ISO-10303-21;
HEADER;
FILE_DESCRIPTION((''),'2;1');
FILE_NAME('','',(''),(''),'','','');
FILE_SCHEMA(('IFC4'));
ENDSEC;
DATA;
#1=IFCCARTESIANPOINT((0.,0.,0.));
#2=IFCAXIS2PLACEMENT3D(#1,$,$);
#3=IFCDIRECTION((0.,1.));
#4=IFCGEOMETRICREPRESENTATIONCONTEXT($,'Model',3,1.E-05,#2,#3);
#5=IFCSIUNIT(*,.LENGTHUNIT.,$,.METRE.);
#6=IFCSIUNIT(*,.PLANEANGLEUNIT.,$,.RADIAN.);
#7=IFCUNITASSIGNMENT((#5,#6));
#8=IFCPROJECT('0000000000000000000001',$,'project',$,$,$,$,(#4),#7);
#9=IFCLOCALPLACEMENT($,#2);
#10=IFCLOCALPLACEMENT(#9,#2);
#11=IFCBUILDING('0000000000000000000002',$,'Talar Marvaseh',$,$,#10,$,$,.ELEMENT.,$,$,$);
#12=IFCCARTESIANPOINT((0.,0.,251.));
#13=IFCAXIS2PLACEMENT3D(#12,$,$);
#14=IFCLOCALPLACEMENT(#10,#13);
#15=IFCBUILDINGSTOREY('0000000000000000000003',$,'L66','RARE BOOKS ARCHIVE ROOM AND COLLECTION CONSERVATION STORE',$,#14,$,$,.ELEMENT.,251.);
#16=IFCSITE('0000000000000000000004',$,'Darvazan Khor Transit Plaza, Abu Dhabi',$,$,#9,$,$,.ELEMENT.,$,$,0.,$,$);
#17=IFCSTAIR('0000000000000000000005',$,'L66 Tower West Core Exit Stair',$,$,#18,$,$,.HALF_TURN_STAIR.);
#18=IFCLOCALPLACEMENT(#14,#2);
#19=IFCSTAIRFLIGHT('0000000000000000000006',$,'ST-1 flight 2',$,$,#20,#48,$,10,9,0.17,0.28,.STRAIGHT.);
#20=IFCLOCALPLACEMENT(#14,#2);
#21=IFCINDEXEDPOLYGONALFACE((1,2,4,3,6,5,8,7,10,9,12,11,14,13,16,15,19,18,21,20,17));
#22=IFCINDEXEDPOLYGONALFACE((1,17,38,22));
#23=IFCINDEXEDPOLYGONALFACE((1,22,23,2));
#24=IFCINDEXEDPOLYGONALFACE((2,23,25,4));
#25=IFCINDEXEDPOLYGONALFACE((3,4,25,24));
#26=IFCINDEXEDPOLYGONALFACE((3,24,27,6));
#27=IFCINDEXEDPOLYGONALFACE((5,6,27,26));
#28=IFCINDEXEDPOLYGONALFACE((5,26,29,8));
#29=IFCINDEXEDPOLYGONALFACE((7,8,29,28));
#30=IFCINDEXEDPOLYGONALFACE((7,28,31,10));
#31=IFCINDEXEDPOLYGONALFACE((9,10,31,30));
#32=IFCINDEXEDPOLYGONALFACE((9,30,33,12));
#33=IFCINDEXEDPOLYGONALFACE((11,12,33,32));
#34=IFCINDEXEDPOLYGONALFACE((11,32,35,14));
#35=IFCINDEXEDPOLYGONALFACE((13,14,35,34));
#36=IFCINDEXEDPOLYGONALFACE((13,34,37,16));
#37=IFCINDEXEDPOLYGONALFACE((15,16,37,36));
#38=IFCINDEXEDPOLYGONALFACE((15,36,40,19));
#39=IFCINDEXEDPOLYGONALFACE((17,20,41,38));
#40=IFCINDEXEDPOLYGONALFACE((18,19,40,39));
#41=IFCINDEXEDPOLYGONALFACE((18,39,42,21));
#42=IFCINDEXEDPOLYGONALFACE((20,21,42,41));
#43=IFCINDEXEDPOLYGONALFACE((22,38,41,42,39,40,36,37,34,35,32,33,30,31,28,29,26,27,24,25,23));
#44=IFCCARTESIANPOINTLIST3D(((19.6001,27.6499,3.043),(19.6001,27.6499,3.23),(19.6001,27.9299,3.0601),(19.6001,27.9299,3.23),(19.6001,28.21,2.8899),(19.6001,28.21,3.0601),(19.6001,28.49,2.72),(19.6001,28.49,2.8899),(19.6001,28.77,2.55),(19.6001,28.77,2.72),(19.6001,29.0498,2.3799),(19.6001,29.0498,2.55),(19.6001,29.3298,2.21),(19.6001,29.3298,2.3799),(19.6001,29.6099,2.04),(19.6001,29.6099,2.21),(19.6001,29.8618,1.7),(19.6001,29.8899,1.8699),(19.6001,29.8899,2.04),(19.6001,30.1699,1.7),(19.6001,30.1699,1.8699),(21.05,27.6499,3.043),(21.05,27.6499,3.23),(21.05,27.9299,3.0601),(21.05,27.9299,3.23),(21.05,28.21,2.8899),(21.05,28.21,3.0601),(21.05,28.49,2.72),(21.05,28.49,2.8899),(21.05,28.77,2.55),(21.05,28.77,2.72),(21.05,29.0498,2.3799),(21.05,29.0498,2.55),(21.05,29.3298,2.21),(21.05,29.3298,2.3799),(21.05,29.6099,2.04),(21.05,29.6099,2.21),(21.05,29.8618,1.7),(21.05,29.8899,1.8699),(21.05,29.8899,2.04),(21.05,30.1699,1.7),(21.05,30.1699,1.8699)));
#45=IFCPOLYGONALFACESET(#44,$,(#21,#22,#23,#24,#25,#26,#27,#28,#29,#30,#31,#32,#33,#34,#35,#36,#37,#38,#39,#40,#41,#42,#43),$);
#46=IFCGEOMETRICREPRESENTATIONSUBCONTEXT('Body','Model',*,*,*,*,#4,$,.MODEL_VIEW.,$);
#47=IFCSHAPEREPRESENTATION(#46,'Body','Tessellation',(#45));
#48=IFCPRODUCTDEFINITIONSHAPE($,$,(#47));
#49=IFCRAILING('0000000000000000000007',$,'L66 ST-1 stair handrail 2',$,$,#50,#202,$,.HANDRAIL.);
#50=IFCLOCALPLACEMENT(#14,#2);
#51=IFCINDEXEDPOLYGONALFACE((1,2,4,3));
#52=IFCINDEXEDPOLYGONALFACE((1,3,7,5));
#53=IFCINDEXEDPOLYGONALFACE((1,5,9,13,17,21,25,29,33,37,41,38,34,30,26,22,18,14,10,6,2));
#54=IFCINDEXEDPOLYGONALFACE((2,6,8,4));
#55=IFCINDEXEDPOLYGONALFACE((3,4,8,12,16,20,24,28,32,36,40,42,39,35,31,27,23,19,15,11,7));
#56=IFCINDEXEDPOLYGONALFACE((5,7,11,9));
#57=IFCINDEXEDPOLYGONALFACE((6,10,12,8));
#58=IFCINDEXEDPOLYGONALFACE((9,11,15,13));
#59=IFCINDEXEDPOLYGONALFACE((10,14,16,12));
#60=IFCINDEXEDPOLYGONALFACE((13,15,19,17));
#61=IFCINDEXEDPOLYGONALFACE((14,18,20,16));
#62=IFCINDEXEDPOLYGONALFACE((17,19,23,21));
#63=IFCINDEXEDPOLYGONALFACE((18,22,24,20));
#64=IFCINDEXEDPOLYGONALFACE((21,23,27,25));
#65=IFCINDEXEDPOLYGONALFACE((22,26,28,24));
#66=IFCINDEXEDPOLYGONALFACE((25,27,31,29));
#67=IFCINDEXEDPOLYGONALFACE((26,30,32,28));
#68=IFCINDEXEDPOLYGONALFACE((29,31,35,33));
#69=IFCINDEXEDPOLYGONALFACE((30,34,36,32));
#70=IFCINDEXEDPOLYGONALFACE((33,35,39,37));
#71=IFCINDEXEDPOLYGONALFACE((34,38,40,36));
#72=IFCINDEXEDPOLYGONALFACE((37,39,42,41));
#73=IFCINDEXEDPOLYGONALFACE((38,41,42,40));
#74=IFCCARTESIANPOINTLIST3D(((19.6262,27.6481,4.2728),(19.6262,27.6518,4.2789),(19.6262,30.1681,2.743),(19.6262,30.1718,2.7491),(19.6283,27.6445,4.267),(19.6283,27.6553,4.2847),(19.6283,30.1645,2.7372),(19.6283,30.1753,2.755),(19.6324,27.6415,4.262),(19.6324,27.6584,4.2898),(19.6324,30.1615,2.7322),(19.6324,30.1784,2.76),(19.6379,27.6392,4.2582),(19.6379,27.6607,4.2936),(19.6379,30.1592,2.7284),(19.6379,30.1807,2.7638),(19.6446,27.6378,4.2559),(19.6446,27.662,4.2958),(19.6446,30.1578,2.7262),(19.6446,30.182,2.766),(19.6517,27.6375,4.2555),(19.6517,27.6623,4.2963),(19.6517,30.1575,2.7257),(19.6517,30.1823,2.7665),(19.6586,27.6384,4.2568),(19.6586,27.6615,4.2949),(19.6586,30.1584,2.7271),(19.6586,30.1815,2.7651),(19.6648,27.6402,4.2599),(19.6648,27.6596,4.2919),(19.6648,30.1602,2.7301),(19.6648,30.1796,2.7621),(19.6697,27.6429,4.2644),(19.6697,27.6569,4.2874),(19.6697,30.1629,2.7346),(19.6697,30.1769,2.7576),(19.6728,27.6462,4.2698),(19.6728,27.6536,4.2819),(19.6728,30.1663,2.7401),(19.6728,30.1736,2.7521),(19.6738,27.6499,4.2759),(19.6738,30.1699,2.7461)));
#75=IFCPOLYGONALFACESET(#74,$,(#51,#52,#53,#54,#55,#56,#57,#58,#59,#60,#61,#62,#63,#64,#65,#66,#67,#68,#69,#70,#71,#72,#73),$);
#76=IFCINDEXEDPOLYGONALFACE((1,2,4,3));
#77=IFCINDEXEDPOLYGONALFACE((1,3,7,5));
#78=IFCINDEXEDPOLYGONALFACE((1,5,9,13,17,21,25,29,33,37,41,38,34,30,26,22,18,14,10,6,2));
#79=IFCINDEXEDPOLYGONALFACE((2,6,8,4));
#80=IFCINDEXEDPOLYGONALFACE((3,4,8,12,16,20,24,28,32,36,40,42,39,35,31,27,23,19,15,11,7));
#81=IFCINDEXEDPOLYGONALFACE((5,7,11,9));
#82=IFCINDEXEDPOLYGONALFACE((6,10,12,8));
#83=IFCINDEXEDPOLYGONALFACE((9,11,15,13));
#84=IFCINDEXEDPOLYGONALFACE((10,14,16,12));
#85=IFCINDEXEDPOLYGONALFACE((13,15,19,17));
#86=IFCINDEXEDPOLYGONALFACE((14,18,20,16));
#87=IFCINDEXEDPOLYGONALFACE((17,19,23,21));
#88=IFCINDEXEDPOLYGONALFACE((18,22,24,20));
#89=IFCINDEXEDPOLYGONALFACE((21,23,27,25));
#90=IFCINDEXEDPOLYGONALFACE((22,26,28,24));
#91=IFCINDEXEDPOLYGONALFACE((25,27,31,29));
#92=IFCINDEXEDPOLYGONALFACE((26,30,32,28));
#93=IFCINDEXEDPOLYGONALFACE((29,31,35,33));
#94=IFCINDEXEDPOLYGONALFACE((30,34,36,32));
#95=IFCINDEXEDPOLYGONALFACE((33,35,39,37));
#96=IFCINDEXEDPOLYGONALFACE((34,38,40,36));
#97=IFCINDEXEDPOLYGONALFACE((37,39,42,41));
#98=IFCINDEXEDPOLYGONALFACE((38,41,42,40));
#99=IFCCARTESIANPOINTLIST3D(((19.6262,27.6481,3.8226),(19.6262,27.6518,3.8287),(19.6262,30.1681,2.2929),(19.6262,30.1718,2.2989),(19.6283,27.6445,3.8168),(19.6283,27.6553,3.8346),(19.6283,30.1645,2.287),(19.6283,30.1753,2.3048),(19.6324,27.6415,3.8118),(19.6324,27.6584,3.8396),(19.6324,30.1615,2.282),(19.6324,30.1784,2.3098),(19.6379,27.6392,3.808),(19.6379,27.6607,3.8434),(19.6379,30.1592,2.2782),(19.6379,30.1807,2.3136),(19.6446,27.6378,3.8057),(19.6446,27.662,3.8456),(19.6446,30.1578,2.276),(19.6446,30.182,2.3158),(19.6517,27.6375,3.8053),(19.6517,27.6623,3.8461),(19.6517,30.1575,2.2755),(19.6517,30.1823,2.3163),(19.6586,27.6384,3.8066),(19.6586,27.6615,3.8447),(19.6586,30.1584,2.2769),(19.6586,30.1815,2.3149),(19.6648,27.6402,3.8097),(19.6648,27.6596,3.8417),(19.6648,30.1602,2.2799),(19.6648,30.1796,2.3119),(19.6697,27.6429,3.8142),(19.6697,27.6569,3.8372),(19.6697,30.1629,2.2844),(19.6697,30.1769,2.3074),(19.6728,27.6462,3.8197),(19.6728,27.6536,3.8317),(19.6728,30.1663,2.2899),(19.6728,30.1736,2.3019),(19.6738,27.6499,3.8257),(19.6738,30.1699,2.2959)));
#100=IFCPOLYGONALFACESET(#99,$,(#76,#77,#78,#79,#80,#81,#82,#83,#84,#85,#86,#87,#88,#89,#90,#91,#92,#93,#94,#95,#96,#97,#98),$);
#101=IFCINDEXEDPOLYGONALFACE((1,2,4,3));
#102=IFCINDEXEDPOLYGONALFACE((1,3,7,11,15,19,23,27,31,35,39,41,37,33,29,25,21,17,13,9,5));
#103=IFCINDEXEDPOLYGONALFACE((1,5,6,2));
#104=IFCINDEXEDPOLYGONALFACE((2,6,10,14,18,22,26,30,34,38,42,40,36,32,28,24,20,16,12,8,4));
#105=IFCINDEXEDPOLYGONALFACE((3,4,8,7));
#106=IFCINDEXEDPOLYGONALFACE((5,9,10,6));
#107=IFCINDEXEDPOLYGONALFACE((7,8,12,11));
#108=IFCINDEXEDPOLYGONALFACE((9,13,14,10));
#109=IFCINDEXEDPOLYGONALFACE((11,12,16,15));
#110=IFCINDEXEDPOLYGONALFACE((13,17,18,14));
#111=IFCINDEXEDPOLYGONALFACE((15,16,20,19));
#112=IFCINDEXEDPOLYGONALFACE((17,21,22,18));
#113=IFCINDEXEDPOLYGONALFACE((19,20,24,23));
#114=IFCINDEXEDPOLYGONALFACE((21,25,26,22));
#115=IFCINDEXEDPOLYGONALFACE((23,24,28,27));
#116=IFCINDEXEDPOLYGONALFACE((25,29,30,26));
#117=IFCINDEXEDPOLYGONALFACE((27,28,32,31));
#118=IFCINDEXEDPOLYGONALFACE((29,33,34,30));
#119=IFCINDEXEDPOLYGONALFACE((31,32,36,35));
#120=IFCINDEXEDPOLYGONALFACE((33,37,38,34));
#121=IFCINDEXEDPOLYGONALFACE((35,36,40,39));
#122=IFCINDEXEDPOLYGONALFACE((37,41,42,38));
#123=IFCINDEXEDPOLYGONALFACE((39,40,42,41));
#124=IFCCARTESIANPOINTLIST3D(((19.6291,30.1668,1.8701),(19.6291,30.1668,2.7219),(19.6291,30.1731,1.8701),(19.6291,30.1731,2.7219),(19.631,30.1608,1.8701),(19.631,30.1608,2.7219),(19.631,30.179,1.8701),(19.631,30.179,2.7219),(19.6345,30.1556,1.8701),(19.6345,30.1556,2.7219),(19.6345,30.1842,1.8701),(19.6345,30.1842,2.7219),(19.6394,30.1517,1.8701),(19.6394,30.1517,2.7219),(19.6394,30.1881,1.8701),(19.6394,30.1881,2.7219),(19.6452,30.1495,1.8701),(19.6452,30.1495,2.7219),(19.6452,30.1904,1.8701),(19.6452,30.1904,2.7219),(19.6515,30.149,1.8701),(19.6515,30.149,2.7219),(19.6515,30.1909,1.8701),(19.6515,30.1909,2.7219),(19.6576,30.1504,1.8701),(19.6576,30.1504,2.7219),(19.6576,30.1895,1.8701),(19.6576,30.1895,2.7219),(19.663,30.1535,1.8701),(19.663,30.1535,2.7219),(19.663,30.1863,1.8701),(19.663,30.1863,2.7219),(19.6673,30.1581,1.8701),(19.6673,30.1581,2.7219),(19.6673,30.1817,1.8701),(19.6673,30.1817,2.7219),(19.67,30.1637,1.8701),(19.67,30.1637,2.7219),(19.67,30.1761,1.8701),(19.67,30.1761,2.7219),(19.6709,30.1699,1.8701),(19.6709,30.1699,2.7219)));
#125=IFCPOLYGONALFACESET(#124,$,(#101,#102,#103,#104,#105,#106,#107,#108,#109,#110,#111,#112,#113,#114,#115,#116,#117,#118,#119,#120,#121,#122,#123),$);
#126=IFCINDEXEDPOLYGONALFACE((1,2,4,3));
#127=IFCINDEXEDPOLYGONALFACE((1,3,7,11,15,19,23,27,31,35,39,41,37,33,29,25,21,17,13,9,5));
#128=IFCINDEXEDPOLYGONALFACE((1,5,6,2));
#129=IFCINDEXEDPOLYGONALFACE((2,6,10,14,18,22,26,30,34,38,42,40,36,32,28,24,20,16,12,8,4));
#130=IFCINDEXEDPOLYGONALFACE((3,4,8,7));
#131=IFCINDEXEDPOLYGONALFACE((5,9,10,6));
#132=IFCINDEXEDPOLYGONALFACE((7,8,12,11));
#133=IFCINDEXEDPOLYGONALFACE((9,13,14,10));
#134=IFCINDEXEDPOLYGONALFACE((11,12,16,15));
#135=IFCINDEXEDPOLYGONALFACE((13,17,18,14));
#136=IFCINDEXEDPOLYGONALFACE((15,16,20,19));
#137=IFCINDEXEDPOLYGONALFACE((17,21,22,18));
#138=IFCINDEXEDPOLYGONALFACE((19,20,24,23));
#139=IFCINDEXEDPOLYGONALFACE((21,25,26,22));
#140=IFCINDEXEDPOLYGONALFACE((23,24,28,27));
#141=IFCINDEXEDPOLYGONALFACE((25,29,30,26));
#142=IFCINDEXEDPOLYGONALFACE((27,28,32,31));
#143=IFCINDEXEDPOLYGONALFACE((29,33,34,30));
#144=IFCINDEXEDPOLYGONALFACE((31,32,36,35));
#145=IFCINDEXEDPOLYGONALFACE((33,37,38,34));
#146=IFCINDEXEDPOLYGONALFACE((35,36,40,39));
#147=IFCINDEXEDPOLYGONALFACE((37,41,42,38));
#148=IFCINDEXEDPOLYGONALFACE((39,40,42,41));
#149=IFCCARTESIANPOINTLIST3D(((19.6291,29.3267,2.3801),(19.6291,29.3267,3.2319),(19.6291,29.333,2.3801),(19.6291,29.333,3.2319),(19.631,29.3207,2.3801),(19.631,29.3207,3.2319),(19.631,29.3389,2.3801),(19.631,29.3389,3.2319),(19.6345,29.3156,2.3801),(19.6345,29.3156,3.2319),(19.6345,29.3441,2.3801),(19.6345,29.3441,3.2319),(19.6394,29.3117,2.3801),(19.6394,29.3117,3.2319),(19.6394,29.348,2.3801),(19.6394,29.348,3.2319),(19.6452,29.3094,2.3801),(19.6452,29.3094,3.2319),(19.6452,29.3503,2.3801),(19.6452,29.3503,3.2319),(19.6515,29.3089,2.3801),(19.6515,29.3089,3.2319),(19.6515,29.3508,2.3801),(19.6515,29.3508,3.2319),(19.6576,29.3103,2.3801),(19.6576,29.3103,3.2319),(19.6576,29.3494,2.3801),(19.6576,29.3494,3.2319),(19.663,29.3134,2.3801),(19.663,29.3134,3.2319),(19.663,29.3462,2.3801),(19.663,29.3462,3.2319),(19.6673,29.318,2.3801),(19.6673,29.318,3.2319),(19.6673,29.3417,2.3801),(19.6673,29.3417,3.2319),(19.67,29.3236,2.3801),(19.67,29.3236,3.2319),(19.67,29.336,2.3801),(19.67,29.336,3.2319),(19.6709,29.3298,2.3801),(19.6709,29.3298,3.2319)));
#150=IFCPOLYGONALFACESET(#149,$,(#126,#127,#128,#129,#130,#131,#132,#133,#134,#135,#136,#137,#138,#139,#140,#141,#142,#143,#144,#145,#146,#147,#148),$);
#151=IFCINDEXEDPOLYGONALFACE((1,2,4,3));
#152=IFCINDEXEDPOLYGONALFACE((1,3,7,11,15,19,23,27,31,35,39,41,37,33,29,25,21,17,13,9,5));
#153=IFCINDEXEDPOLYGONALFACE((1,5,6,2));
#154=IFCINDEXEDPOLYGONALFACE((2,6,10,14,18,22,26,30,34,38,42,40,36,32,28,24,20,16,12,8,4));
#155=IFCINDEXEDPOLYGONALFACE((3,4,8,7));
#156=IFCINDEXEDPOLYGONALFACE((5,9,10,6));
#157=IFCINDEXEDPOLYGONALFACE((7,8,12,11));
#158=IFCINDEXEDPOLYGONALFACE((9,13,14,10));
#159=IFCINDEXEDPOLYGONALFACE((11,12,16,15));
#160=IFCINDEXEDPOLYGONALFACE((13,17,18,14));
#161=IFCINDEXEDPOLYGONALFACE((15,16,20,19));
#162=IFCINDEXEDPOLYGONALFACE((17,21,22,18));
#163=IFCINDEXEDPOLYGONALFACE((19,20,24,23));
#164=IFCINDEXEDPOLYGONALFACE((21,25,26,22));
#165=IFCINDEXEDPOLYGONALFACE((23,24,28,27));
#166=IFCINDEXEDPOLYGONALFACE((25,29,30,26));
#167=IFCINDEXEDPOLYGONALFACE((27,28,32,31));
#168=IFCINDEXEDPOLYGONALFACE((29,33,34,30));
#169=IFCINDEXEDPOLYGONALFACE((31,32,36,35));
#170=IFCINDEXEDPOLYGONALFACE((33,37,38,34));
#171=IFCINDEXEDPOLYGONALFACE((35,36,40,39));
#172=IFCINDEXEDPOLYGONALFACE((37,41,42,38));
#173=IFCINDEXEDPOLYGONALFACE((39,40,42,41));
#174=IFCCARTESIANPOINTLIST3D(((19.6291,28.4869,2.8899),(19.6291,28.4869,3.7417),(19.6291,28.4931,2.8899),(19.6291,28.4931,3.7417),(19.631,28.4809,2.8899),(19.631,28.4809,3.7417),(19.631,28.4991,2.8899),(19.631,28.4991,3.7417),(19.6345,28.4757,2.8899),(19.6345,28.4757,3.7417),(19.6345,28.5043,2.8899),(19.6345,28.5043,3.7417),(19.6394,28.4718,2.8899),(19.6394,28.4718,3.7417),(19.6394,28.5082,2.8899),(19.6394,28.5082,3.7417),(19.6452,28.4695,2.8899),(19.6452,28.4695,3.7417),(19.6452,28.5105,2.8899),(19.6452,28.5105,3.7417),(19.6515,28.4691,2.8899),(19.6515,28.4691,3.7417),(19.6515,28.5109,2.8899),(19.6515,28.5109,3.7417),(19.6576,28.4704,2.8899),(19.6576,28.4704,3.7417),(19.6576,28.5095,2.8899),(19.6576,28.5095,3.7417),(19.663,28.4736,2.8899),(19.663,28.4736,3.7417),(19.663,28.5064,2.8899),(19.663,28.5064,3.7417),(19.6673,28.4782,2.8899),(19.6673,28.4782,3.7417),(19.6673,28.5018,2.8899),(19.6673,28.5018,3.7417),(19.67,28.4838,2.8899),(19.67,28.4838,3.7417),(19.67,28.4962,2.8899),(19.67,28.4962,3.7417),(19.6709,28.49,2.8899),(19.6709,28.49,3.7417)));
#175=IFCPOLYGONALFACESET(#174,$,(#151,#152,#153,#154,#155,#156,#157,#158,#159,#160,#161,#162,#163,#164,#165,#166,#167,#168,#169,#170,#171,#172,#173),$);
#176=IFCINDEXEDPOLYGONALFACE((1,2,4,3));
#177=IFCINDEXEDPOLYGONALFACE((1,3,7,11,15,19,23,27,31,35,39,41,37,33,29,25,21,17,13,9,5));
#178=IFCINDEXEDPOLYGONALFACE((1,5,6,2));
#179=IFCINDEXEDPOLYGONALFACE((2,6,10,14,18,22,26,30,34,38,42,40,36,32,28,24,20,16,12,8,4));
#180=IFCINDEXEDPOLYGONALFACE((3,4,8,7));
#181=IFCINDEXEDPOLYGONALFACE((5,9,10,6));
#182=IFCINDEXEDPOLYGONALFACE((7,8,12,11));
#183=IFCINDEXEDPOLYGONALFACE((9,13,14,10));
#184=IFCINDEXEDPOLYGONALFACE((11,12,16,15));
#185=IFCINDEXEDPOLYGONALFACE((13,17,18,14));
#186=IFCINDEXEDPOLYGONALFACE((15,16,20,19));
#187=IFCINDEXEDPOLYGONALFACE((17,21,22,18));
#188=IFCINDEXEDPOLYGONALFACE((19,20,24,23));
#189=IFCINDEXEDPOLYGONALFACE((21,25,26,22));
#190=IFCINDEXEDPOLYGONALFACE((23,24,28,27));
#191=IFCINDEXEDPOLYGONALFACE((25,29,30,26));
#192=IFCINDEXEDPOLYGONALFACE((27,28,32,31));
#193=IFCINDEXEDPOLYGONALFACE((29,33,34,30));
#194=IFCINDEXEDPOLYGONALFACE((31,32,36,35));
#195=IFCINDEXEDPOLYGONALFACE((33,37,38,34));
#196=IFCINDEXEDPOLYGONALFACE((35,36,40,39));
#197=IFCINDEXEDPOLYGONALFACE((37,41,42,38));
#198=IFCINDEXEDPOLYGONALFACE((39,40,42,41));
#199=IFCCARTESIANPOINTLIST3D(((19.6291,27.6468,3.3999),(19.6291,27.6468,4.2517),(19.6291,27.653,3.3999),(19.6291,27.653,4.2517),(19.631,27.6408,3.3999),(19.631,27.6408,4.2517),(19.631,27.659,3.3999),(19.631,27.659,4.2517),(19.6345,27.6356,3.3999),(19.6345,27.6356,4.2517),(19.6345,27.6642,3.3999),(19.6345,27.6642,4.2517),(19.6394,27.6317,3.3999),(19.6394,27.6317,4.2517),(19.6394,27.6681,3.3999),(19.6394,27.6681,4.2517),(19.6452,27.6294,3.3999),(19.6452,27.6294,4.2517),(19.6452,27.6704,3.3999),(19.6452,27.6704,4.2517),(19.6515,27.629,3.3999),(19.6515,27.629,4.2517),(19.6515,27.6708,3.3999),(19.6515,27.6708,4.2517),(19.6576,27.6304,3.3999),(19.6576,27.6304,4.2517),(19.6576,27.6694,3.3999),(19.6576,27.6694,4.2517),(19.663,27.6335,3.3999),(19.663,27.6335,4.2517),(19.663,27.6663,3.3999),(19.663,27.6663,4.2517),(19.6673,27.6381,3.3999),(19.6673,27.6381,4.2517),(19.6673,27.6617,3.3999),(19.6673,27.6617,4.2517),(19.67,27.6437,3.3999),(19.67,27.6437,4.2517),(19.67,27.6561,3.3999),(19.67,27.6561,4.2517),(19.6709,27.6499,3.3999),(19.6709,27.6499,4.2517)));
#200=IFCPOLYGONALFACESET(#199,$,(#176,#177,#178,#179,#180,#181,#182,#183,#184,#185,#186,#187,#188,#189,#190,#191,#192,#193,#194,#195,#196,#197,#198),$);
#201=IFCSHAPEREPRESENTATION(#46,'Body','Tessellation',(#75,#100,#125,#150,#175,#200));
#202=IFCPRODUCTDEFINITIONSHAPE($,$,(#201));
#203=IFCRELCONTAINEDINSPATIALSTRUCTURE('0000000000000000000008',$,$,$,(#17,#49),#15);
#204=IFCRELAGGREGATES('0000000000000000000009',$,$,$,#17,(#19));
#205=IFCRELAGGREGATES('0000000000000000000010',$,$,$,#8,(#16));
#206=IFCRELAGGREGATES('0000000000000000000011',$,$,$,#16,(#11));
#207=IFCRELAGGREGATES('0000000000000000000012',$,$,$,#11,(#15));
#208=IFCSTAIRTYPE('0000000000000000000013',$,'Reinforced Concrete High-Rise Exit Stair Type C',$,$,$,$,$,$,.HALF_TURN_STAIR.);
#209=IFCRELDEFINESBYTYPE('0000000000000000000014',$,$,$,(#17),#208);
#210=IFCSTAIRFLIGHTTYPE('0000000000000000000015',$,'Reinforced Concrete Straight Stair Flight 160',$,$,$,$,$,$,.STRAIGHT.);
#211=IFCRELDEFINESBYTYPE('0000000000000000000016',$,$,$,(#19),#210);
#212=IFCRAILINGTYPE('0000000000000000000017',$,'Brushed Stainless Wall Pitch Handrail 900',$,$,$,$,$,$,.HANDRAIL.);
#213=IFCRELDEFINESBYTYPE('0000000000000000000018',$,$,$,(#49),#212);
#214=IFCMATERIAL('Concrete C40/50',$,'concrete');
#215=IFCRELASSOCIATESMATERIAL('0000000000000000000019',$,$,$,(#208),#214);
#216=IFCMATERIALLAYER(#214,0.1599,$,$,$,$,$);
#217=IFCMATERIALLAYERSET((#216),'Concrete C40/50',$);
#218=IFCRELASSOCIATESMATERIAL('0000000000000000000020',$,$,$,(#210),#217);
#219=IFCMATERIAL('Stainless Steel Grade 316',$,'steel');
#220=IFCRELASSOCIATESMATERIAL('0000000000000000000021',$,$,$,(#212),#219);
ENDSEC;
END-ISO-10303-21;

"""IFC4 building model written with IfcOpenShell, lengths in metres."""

from ifc_helpers import new_model, si_unit, direction, frame, origin, origin_2d, place, context, subcontext, project, spatial, polyline, circle, outline, extrude, material, layer, layer_set, type_object, element, aggregate, save


model = new_model("IFC4")

# Units and contexts
model_context = context("Model", 3, precision=1e-05, world=origin(), true_north=direction((0.0, 1.0)))
body_context = subcontext(model_context, "Body", "Model", "MODEL_VIEW")
ifc_project = project(units=[si_unit("LENGTHUNIT", "METRE"), si_unit("PLANEANGLEUNIT", "RADIAN")], contexts=[model_context])

# Site, building, storey
site_placement = place(None, origin())
site = spatial("IfcSite", under=ifc_project, at=site_placement, Name="Darvazan Khor Transit Plaza, Abu Dhabi", CompositionType="ELEMENT", RefElevation=0.0)
building_placement = place(site_placement, origin())
building = spatial("IfcBuilding", under=site, at=building_placement, Name="Talar Marvaseh", CompositionType="ELEMENT")
storey_placement = place(building_placement, frame((0.0, 0.0, 251.0)))
storey = spatial("IfcBuildingStorey", under=building, at=storey_placement, Name="L66", Description="RARE BOOKS ARCHIVE ROOM AND COLLECTION CONSERVATION STORE", CompositionType="ELEMENT", Elevation=251.0)

# Stair, stair flight
ifc_material_1 = material(Name="Concrete C40/50", Category="concrete")
stair_type = type_object("IfcStairType", Name="Reinforced Concrete High-Rise Exit Stair Type C", PredefinedType="HALF_TURN_STAIR", material=ifc_material_1)
stair_placement = place(storey_placement, origin())
stair = element("IfcStair", 1, at=stair_placement, inside=storey, type_object=stair_type, Name="L66 Tower West Core Exit Stair", PredefinedType="HALF_TURN_STAIR")
ifc_layer_1 = layer(ifc_material_1, 0.1599)
ifc_layer_set_1 = layer_set([ifc_layer_1], Name="Concrete C40/50")
stair_flight_type = type_object("IfcStairFlightType", Name="Reinforced Concrete Straight Stair Flight 160", PredefinedType="STRAIGHT", material=ifc_layer_set_1)
stair_flight_1_placement = place(storey_placement, frame((20.325, 30.1699, 1.7), z_axis=(0.0, 0.0, 1.0), x_axis=(0.0, -1.0, 0.0)))
stair_flight_1 = element("IfcStairFlight", 2, at=stair_flight_1_placement, type_object=stair_flight_type, Name="ST-1 flight 2", NumberOfRisers=10, NumberOfTreads=9, PredefinedType="STRAIGHT", RiserHeight=0.17, TreadLength=0.28, context=body_context, shape_type="SweptSolid", body=[
    extrude(outline(polyline([(0.0, 0.0), (0.0, 0.1699), (0.28, 0.1699), (0.28, 0.3401), (0.5601, 0.3401), (0.5601, 0.51), (0.8401, 0.51), (0.8401, 0.6799), (1.1201, 0.6799), (1.1201, 0.8501), (1.3999, 0.8501), (1.3999, 1.02), (1.6799, 1.02), (1.6799, 1.1899), (1.96, 1.1899), (1.96, 1.3601), (2.24, 1.3601), (2.24, 1.53), (2.52, 1.53), (2.52, 1.7), (2.52, 1.343), (0.3081, 0.0), (0.0, 0.0)])), frame((0.0, 0.7251, 0.0), z_axis=(0.0, -1.0, 0.0), x_axis=(1.0, 0.0, 0.0)), (0.0, 0.0, 1.0), 1.45),
])
aggregate(stair, [stair_flight_1])

# Railing
ifc_material_2 = material(Name="Stainless Steel Grade 316", Category="steel")
railing_type_1 = type_object("IfcRailingType", Name="Brushed Stainless Wall Pitch Handrail 900", PredefinedType="HANDRAIL", material=ifc_material_2)
railing_1_placement = place(storey_placement, frame((19.6499, 30.1699, 1.8701)))
element("IfcRailing", 3, at=railing_1_placement, inside=storey, type_object=railing_type_1, Name="L66 ST-1 stair handrail 2", PredefinedType="HANDRAIL", context=body_context, shape_type="SweptSolid", body=[
    extrude(circle(Radius=0.0239, at=origin_2d()), frame((0.0, 0.0, 0.876), z_axis=(0.0, -0.854822, 0.518922), x_axis=(1.0, 0.0, 0.0)), (0.0, 0.0, 1.0), 2.948),
    extrude(circle(Radius=0.0239, at=origin_2d()), frame((0.0, 0.0, 0.4258), z_axis=(0.0, -0.854822, 0.518922), x_axis=(1.0, 0.0, 0.0)), (0.0, 0.0, 1.0), 2.948),
    extrude(circle(Radius=0.021, at=origin_2d()), origin(), (0.0, 0.0, 1.0), 0.8518),
    extrude(circle(Radius=0.021, at=origin_2d()), frame((0.0, -0.8401, 0.51)), (0.0, 0.0, 1.0), 0.8518),
    extrude(circle(Radius=0.021, at=origin_2d()), frame((0.0, -1.6799, 1.0198)), (0.0, 0.0, 1.0), 0.8518),
    extrude(circle(Radius=0.021, at=origin_2d()), frame((0.0, -2.52, 1.5298)), (0.0, 0.0, 1.0), 0.8518),
])

save(model, "model.ifc")
